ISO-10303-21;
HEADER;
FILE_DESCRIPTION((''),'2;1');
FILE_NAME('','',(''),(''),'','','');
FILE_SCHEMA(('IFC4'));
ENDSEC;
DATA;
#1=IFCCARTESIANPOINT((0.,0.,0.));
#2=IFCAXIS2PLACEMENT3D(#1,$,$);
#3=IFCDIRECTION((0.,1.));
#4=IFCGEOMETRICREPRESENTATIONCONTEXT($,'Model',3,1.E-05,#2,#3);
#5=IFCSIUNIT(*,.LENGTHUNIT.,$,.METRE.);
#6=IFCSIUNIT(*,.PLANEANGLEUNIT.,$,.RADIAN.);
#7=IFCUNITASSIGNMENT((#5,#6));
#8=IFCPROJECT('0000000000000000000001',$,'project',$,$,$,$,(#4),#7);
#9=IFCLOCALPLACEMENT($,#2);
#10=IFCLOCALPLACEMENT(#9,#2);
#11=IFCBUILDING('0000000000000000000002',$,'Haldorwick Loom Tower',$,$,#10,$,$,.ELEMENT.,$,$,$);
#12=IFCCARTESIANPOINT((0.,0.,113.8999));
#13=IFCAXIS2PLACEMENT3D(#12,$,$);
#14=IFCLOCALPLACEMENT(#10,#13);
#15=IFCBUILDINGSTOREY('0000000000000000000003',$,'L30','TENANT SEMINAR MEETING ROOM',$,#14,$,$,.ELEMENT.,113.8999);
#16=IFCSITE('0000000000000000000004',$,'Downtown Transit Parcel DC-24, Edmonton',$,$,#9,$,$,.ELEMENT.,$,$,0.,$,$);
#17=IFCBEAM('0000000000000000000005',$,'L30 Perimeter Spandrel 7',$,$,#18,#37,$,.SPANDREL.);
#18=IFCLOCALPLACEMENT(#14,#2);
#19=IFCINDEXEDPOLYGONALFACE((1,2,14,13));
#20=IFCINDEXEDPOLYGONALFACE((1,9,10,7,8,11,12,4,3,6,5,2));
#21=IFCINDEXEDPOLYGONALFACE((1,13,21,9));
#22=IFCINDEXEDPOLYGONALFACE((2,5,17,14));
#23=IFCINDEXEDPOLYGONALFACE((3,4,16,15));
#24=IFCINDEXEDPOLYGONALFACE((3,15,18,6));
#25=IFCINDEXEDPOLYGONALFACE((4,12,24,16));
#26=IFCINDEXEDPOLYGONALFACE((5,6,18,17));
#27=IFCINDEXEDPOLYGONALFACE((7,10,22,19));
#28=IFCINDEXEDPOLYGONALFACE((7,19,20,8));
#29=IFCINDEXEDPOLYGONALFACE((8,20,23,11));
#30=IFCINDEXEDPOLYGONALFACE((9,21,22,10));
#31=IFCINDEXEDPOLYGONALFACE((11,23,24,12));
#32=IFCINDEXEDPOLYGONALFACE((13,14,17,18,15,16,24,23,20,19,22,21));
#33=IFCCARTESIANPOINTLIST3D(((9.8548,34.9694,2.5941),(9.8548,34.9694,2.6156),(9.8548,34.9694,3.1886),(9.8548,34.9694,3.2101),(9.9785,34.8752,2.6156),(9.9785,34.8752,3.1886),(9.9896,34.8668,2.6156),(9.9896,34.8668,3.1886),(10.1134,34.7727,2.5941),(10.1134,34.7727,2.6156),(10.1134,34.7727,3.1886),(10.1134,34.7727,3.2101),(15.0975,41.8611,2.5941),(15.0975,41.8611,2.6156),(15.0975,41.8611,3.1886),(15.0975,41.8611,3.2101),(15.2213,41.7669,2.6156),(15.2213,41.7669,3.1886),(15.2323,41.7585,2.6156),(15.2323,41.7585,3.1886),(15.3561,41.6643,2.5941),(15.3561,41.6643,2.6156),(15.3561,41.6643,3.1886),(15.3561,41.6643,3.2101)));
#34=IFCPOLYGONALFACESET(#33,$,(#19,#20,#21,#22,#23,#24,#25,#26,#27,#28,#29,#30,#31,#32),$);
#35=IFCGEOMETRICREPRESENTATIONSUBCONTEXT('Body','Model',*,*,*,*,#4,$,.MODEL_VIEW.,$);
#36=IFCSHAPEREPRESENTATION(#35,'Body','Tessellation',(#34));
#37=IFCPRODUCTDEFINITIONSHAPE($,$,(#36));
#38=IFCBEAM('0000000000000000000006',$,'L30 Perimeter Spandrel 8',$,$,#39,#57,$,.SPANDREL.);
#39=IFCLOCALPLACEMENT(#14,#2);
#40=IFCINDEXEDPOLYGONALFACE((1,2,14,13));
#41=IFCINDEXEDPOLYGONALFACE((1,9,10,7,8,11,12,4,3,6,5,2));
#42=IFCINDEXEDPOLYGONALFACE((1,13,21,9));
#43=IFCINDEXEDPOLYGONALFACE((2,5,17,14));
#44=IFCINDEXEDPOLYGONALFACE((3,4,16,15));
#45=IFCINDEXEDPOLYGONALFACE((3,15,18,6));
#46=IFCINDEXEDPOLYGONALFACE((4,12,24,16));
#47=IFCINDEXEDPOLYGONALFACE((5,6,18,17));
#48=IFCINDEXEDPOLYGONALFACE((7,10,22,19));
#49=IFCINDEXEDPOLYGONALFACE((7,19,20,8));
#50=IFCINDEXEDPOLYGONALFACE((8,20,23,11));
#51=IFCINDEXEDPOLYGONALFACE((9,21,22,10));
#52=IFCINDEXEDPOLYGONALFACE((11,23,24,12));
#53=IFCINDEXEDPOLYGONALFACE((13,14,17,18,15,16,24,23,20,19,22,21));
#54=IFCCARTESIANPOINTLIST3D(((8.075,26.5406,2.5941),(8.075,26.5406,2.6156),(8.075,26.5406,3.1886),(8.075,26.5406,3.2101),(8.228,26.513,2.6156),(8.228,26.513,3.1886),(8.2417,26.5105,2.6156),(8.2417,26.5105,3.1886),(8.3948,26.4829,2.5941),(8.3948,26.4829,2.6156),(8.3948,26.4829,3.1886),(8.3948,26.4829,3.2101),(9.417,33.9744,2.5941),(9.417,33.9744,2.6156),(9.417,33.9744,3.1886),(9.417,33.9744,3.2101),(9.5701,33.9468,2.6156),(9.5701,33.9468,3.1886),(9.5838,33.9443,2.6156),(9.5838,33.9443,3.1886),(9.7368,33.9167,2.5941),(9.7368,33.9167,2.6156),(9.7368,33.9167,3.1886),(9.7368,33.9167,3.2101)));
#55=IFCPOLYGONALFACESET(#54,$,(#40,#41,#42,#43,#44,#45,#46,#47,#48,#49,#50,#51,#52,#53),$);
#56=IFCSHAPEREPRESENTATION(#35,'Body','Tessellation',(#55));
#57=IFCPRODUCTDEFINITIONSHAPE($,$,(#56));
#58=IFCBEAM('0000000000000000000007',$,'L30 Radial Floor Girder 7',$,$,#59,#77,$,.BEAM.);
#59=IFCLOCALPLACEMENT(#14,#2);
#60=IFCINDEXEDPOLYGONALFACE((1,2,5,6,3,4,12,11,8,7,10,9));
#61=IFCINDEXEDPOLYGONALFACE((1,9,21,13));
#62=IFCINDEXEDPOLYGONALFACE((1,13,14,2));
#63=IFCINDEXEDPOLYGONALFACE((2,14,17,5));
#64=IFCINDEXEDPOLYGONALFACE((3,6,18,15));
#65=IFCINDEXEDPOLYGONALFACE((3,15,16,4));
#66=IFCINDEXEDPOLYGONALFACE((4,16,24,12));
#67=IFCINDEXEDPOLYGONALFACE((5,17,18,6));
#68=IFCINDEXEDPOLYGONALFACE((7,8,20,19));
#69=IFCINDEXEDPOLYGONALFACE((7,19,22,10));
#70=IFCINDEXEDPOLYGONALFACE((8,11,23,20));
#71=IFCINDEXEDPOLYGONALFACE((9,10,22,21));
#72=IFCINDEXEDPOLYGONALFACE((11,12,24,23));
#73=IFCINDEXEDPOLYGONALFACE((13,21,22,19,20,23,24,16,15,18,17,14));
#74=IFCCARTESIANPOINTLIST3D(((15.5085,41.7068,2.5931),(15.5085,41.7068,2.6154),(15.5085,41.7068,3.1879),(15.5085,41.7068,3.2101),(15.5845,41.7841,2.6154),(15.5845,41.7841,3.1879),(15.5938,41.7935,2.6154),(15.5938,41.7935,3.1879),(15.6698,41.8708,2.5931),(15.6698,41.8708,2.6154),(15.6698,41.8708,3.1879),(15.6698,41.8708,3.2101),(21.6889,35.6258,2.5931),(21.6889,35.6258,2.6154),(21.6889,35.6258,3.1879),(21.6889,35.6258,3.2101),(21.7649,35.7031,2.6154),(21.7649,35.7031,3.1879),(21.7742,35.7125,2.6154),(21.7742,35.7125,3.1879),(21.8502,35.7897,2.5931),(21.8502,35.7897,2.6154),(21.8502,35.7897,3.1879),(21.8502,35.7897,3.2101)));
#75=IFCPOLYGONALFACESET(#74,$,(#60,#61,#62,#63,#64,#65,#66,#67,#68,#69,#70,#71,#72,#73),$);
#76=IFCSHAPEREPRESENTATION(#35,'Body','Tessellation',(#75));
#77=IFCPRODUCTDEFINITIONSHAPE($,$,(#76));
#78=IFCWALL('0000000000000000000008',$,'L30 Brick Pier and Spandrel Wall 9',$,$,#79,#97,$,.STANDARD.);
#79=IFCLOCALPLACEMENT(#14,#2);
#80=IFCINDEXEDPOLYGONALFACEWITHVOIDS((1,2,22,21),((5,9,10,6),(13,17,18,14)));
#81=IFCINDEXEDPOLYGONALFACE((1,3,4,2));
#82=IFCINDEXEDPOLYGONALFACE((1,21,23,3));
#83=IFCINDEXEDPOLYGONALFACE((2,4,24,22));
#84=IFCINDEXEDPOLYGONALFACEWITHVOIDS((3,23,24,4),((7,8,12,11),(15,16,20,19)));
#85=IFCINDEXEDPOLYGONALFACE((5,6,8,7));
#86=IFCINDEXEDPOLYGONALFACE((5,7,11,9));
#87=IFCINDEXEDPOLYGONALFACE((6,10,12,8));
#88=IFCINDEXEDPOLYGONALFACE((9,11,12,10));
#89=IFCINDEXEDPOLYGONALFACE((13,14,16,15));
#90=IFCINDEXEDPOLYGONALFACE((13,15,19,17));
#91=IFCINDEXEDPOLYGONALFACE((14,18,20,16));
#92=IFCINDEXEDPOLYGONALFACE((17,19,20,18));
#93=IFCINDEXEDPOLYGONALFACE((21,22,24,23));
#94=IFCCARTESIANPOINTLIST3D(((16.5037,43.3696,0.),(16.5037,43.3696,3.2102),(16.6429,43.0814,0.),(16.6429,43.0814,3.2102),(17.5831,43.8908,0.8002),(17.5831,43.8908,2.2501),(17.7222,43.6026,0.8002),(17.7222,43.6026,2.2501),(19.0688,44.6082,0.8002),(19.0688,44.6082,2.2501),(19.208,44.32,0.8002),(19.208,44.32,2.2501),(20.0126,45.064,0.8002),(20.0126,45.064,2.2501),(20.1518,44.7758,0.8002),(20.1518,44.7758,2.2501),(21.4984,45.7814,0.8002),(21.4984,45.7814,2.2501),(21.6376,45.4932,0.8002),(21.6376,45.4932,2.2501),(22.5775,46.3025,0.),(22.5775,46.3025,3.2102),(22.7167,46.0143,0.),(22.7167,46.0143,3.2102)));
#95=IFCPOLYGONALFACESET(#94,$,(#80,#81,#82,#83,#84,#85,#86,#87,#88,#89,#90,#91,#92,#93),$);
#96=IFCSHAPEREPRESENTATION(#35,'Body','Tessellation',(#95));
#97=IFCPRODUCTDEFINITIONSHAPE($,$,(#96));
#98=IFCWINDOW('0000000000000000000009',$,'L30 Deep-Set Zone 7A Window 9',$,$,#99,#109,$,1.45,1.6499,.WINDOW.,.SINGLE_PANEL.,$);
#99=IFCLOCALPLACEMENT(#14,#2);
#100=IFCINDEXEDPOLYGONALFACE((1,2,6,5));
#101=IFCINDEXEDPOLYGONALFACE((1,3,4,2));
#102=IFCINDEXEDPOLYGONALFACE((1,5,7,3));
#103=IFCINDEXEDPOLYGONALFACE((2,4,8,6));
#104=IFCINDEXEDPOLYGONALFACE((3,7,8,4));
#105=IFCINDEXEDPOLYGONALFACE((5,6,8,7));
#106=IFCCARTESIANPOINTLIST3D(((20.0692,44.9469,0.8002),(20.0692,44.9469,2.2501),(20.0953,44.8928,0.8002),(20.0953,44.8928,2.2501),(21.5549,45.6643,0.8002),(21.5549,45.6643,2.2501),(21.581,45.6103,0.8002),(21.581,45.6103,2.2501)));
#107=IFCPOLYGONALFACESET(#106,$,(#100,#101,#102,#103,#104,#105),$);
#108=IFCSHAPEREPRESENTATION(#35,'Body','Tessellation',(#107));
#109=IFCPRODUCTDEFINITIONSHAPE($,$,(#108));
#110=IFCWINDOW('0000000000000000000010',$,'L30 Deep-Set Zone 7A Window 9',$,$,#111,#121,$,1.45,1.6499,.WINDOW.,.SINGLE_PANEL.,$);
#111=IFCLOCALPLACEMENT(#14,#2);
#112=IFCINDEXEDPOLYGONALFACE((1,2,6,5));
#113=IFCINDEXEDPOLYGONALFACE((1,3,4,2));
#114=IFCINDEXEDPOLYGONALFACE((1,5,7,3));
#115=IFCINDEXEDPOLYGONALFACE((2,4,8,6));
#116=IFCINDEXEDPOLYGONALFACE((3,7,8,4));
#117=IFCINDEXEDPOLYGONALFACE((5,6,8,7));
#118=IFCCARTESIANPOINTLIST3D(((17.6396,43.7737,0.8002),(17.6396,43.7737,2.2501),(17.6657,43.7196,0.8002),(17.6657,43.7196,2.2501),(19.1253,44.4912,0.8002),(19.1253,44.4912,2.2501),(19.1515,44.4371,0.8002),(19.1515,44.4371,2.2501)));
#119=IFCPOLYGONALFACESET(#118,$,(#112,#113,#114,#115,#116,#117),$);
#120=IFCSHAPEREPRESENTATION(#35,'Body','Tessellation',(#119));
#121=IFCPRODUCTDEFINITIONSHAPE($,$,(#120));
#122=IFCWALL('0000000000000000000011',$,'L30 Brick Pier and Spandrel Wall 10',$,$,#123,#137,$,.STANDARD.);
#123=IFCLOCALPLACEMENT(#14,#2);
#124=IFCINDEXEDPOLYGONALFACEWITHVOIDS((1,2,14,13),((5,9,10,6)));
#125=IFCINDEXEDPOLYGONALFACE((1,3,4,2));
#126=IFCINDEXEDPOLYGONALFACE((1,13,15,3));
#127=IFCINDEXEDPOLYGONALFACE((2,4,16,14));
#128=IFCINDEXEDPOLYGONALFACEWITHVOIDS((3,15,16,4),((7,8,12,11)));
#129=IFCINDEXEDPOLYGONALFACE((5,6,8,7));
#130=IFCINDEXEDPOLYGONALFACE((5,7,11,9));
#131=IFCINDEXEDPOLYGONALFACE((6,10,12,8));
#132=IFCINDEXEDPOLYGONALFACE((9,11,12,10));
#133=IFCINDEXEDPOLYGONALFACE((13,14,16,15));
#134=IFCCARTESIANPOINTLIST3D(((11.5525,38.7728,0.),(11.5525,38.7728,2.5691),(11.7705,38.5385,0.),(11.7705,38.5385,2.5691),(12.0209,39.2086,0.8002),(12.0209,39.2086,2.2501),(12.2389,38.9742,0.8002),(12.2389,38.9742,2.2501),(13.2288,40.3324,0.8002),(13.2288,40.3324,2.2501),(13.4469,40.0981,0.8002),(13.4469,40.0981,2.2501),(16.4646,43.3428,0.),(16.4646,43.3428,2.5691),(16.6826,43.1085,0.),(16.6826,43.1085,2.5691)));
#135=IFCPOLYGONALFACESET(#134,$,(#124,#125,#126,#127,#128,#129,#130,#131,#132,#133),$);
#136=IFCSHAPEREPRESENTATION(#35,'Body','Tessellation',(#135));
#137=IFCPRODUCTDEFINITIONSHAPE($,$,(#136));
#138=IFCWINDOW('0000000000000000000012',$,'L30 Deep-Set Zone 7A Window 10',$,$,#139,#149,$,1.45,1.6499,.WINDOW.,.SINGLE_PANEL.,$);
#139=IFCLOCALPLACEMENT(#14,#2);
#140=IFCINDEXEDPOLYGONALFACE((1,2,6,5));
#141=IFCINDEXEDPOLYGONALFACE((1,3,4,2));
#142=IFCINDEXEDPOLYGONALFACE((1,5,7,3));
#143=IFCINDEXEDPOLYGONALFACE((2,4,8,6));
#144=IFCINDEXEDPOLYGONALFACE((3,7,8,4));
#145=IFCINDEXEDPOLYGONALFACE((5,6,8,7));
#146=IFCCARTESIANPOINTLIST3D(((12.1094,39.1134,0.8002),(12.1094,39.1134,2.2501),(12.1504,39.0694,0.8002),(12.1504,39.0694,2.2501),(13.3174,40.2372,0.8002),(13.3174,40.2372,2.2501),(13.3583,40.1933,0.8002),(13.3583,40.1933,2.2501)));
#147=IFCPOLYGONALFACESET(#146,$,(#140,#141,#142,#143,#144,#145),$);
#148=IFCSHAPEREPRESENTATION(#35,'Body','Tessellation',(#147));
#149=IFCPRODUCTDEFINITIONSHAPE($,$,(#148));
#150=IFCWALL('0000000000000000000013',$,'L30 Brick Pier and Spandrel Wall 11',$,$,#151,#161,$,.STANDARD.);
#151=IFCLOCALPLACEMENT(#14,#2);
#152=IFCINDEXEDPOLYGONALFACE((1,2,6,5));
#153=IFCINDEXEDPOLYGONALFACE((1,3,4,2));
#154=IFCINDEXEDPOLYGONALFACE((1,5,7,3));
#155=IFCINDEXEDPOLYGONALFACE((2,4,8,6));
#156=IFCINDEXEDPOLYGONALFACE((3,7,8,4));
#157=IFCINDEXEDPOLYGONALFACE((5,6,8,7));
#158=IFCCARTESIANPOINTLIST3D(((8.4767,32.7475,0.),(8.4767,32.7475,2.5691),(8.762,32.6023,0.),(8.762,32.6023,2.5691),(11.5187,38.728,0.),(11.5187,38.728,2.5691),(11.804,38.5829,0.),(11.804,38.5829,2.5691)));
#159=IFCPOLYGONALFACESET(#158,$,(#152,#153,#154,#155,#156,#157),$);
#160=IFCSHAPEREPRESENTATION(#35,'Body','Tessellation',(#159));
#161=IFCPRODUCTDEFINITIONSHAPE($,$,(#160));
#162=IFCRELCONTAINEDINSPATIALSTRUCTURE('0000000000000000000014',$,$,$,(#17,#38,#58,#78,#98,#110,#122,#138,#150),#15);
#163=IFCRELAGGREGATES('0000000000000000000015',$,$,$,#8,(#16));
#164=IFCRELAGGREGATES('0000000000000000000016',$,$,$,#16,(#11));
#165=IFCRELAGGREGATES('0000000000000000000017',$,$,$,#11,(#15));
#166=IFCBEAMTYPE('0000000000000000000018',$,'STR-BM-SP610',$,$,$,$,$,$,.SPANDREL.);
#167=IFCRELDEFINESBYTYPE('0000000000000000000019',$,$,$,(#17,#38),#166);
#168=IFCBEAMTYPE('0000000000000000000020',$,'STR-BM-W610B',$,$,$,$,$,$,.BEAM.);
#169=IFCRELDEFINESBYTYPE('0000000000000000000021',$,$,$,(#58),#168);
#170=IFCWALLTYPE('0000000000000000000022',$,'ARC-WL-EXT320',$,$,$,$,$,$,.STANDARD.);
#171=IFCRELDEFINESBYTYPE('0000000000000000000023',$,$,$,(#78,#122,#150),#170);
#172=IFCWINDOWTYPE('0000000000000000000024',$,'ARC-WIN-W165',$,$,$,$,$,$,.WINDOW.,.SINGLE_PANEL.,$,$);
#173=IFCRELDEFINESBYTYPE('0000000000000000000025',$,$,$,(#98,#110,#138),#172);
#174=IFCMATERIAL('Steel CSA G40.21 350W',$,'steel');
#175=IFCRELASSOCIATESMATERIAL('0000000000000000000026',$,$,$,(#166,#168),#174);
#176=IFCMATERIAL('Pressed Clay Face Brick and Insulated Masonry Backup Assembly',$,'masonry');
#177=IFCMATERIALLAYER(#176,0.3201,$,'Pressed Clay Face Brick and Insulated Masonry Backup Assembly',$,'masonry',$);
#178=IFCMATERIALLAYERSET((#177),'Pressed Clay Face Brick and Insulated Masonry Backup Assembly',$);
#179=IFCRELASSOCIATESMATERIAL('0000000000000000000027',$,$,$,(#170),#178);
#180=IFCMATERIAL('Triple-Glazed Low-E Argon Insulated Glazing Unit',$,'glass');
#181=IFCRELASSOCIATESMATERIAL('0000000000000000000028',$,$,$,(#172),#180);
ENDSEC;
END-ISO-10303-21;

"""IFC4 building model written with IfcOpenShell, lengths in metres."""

from ifc_helpers import new_model, si_unit, direction, frame, frame_2d, origin, origin_2d, place, context, subcontext, project, spatial, rectangle, i_section, extrude, material, layer, layer_set, material_profile, profile_set, type_object, element, fill, save


model = new_model("IFC4")

# Units and contexts
model_context = context("Model", 3, precision=1e-05, world=origin(), true_north=direction((0.0, 1.0)))
body_context = subcontext(model_context, "Body", "Model", "MODEL_VIEW")
ifc_project = project(units=[si_unit("LENGTHUNIT", "METRE"), si_unit("PLANEANGLEUNIT", "RADIAN")], contexts=[model_context])

# Site, building, storey
site_placement = place(None, origin())
site = spatial("IfcSite", under=ifc_project, at=site_placement, Name="Downtown Transit Parcel DC-24, Edmonton", CompositionType="ELEMENT", RefElevation=0.0)
building_placement = place(site_placement, origin())
building = spatial("IfcBuilding", under=site, at=building_placement, Name="Haldorwick Loom Tower", CompositionType="ELEMENT")
storey_placement = place(building_placement, frame((0.0, 0.0, 113.8999)))
storey = spatial("IfcBuildingStorey", under=building, at=storey_placement, Name="L30", Description="TENANT SEMINAR MEETING ROOM", CompositionType="ELEMENT", Elevation=113.8999)

# Beams
ifc_material_1 = material(Name="Steel CSA G40.21 350W", Category="steel")
ifc_material_profile_1 = material_profile(ifc_material_1, i_section(OverallWidth=0.325, OverallDepth=0.616, WebThickness=0.0139, FlangeThickness=0.0215, at=origin_2d()), Name="W610X174", Category="steel")
ifc_profile_set_1 = profile_set([ifc_material_profile_1], Name="Steel CSA G40.21 350W")
beam_type_1 = type_object("IfcBeamType", Name="STR-BM-SP610", PredefinedType="SPANDREL", material=ifc_profile_set_1)
beam_1_placement = place(storey_placement, frame((15.2268, 41.7627, 2.9021), z_axis=(-0.605454, -0.795881, 0.0), x_axis=(0.795881, -0.605454, 0.0)))
element("IfcBeam", 1, at=beam_1_placement, inside=storey, type_object=beam_type_1, Name="L30 Perimeter Spandrel 7", PredefinedType="SPANDREL", context=body_context, shape_type="SweptSolid", body=[
    extrude(i_section(OverallWidth=0.325, OverallDepth=0.616, WebThickness=0.0139, FlangeThickness=0.0215, at=origin_2d()), origin(), (0.0, 0.0, 1.0), 8.6592),
])
beam_2_placement = place(storey_placement, frame((9.5769, 33.9456, 2.9021), z_axis=(-0.177659, -0.984092, 0.0), x_axis=(0.984092, -0.177659, 0.0)))
element("IfcBeam", 2, at=beam_2_placement, inside=storey, type_object=beam_type_1, Name="L30 Perimeter Spandrel 8", PredefinedType="SPANDREL", context=body_context, shape_type="SweptSolid", body=[
    extrude(i_section(OverallWidth=0.325, OverallDepth=0.616, WebThickness=0.0139, FlangeThickness=0.0215, at=origin_2d()), origin(), (0.0, 0.0, 1.0), 7.554),
])
ifc_material_profile_2 = material_profile(ifc_material_1, i_section(OverallWidth=0.23, OverallDepth=0.6169, WebThickness=0.0132, FlangeThickness=0.0222, at=origin_2d()), Name="W610X140", Category="steel")
ifc_profile_set_2 = profile_set([ifc_material_profile_2], Name="Steel CSA G40.21 350W")
beam_type_2 = type_object("IfcBeamType", Name="STR-BM-W610B", PredefinedType="BEAM", material=ifc_profile_set_2)
beam_3_placement = place(storey_placement, frame((21.7695, 35.7078, 2.9016), z_axis=(-0.712814, 0.701353, 0.0), x_axis=(-0.701353, -0.712814, 0.0)))
element("IfcBeam", 3, at=beam_3_placement, inside=storey, type_object=beam_type_2, Name="L30 Radial Floor Girder 7", PredefinedType="BEAM", context=body_context, shape_type="SweptSolid", body=[
    extrude(i_section(OverallWidth=0.23, OverallDepth=0.6169, WebThickness=0.0132, FlangeThickness=0.0222, at=origin_2d()), origin(), (0.0, 0.0, 1.0), 8.6704),
])

# Wall, openings, windows
ifc_material_2 = material(Name="Pressed Clay Face Brick and Insulated Masonry Backup Assembly", Category="masonry")
ifc_layer_1 = layer(ifc_material_2, 0.3201, Name="Pressed Clay Face Brick and Insulated Masonry Backup Assembly", Category="masonry")
ifc_layer_set_1 = layer_set([ifc_layer_1], Name="Pressed Clay Face Brick and Insulated Masonry Backup Assembly")
wall_type_1 = type_object("IfcWallType", Name="ARC-WL-EXT320", PredefinedType="STANDARD", material=ifc_layer_set_1)
wall_1_placement = place(storey_placement, frame((22.6472, 46.1584, 0.0), z_axis=(0.0, 0.0, 1.0), x_axis=(-0.90051, -0.434835, 0.0)))
wall_1 = element("IfcWall", 4, at=wall_1_placement, inside=storey, type_object=wall_type_1, Name="L30 Brick Pier and Spandrel Wall 9", PredefinedType="STANDARD", context=body_context, shape_type="SweptSolid", body=[
    extrude(rectangle(XDim=6.7449, YDim=0.3201, at=frame_2d((3.3726, 0.0))), origin(), (0.0, 0.0, 1.0), 3.2102),
])
opening_1_placement = place(wall_1_placement, frame((1.1985, 0.0, 0.8)))
opening_1 = element("IfcOpeningElement", 5, at=opening_1_placement, cuts=wall_1, PredefinedType="OPENING", context=body_context, shape_type="SweptSolid", body=[
    extrude(rectangle(XDim=1.6499, YDim=1.45, at=frame_2d((0.825, 0.7251))), frame((0.0, 0.1699, 0.0), z_axis=(0.0, -1.0, 0.0), x_axis=(1.0, 0.0, 0.0)), (0.0, 0.0, 1.0), 0.3401),
])
opening_2_placement = place(wall_1_placement, frame((3.8965, 0.0, 0.8)))
opening_2 = element("IfcOpeningElement", 6, at=opening_2_placement, cuts=wall_1, PredefinedType="OPENING", context=body_context, shape_type="SweptSolid", body=[
    extrude(rectangle(XDim=1.6499, YDim=1.45, at=frame_2d((0.825, 0.7251))), frame((0.0, 0.1699, 0.0), z_axis=(0.0, -1.0, 0.0), x_axis=(1.0, 0.0, 0.0)), (0.0, 0.0, 1.0), 0.3401),
])
ifc_material_3 = material(Name="Triple-Glazed Low-E Argon Insulated Glazing Unit", Category="glass")
window_type = type_object("IfcWindowType", Name="ARC-WIN-W165", PartitioningType="SINGLE_PANEL", PredefinedType="WINDOW", material=ifc_material_3)
window_1_placement = place(opening_1_placement, origin())
window_1 = element("IfcWindow", 7, at=window_1_placement, inside=storey, type_object=window_type, Name="L30 Deep-Set Zone 7A Window 9", OverallHeight=1.45, OverallWidth=1.6499, PartitioningType="SINGLE_PANEL", PredefinedType="WINDOW", context=body_context, shape_type="SweptSolid", body=[
    extrude(rectangle(XDim=1.6499, YDim=1.45, at=frame_2d((0.825, 0.7251))), frame((0.0, 0.03, 0.0), z_axis=(0.0, -1.0, 0.0), x_axis=(1.0, 0.0, 0.0)), (0.0, 0.0, 1.0), 0.0601),
])
fill(opening_1, window_1)
window_2_placement = place(opening_2_placement, origin())
window_2 = element("IfcWindow", 8, at=window_2_placement, inside=storey, type_object=window_type, Name="L30 Deep-Set Zone 7A Window 9", OverallHeight=1.45, OverallWidth=1.6499, PartitioningType="SINGLE_PANEL", PredefinedType="WINDOW", context=body_context, shape_type="SweptSolid", body=[
    extrude(rectangle(XDim=1.6499, YDim=1.45, at=frame_2d((0.825, 0.7251))), frame((0.0, 0.03, 0.0), z_axis=(0.0, -1.0, 0.0), x_axis=(1.0, 0.0, 0.0)), (0.0, 0.0, 1.0), 0.0601),
])
fill(opening_2, window_2)

# Wall, opening, window
wall_2_placement = place(storey_placement, frame((16.5735, 43.2256, 0.0), z_axis=(0.0, 0.0, 1.0), x_axis=(-0.732137, -0.681157, 0.0)))
wall_2 = element("IfcWall", 9, at=wall_2_placement, inside=storey, type_object=wall_type_1, Name="L30 Brick Pier and Spandrel Wall 10", PredefinedType="STANDARD", context=body_context, shape_type="SweptSolid", body=[
    extrude(rectangle(XDim=6.7092, YDim=0.3201, at=frame_2d((3.3545, 0.0))), origin(), (0.0, 0.0, 1.0), 2.5691),
])
opening_3_placement = place(wall_2_placement, frame((4.4194, 0.0, 0.8)))
opening_3 = element("IfcOpeningElement", 10, at=opening_3_placement, cuts=wall_2, PredefinedType="OPENING", context=body_context, shape_type="SweptSolid", body=[
    extrude(rectangle(XDim=1.6499, YDim=1.45, at=frame_2d((0.825, 0.7251))), frame((0.0, 0.1699, 0.0), z_axis=(0.0, -1.0, 0.0), x_axis=(1.0, 0.0, 0.0)), (0.0, 0.0, 1.0), 0.3401),
])
window_3_placement = place(opening_3_placement, origin())
window_3 = element("IfcWindow", 11, at=window_3_placement, inside=storey, type_object=window_type, Name="L30 Deep-Set Zone 7A Window 10", OverallHeight=1.45, OverallWidth=1.6499, PartitioningType="SINGLE_PANEL", PredefinedType="WINDOW", context=body_context, shape_type="SweptSolid", body=[
    extrude(rectangle(XDim=1.6499, YDim=1.45, at=frame_2d((0.825, 0.7251))), frame((0.0, 0.03, 0.0), z_axis=(0.0, -1.0, 0.0), x_axis=(1.0, 0.0, 0.0)), (0.0, 0.0, 1.0), 0.0601),
])
fill(opening_3, window_3)

# Wall
wall_3_placement = place(storey_placement, frame((11.6614, 38.6555, 0.0), z_axis=(0.0, 0.0, 1.0), x_axis=(-0.453374, -0.89132, 0.0)))
element("IfcWall", 12, at=wall_3_placement, inside=storey, type_object=wall_type_1, Name="L30 Brick Pier and Spandrel Wall 11", PredefinedType="STANDARD", context=body_context, shape_type="SweptSolid", body=[
    extrude(rectangle(XDim=6.7097, YDim=0.3201, at=frame_2d((3.355, 0.0))), origin(), (0.0, 0.0, 1.0), 2.5691),
])

save(model, "model.ifc")
